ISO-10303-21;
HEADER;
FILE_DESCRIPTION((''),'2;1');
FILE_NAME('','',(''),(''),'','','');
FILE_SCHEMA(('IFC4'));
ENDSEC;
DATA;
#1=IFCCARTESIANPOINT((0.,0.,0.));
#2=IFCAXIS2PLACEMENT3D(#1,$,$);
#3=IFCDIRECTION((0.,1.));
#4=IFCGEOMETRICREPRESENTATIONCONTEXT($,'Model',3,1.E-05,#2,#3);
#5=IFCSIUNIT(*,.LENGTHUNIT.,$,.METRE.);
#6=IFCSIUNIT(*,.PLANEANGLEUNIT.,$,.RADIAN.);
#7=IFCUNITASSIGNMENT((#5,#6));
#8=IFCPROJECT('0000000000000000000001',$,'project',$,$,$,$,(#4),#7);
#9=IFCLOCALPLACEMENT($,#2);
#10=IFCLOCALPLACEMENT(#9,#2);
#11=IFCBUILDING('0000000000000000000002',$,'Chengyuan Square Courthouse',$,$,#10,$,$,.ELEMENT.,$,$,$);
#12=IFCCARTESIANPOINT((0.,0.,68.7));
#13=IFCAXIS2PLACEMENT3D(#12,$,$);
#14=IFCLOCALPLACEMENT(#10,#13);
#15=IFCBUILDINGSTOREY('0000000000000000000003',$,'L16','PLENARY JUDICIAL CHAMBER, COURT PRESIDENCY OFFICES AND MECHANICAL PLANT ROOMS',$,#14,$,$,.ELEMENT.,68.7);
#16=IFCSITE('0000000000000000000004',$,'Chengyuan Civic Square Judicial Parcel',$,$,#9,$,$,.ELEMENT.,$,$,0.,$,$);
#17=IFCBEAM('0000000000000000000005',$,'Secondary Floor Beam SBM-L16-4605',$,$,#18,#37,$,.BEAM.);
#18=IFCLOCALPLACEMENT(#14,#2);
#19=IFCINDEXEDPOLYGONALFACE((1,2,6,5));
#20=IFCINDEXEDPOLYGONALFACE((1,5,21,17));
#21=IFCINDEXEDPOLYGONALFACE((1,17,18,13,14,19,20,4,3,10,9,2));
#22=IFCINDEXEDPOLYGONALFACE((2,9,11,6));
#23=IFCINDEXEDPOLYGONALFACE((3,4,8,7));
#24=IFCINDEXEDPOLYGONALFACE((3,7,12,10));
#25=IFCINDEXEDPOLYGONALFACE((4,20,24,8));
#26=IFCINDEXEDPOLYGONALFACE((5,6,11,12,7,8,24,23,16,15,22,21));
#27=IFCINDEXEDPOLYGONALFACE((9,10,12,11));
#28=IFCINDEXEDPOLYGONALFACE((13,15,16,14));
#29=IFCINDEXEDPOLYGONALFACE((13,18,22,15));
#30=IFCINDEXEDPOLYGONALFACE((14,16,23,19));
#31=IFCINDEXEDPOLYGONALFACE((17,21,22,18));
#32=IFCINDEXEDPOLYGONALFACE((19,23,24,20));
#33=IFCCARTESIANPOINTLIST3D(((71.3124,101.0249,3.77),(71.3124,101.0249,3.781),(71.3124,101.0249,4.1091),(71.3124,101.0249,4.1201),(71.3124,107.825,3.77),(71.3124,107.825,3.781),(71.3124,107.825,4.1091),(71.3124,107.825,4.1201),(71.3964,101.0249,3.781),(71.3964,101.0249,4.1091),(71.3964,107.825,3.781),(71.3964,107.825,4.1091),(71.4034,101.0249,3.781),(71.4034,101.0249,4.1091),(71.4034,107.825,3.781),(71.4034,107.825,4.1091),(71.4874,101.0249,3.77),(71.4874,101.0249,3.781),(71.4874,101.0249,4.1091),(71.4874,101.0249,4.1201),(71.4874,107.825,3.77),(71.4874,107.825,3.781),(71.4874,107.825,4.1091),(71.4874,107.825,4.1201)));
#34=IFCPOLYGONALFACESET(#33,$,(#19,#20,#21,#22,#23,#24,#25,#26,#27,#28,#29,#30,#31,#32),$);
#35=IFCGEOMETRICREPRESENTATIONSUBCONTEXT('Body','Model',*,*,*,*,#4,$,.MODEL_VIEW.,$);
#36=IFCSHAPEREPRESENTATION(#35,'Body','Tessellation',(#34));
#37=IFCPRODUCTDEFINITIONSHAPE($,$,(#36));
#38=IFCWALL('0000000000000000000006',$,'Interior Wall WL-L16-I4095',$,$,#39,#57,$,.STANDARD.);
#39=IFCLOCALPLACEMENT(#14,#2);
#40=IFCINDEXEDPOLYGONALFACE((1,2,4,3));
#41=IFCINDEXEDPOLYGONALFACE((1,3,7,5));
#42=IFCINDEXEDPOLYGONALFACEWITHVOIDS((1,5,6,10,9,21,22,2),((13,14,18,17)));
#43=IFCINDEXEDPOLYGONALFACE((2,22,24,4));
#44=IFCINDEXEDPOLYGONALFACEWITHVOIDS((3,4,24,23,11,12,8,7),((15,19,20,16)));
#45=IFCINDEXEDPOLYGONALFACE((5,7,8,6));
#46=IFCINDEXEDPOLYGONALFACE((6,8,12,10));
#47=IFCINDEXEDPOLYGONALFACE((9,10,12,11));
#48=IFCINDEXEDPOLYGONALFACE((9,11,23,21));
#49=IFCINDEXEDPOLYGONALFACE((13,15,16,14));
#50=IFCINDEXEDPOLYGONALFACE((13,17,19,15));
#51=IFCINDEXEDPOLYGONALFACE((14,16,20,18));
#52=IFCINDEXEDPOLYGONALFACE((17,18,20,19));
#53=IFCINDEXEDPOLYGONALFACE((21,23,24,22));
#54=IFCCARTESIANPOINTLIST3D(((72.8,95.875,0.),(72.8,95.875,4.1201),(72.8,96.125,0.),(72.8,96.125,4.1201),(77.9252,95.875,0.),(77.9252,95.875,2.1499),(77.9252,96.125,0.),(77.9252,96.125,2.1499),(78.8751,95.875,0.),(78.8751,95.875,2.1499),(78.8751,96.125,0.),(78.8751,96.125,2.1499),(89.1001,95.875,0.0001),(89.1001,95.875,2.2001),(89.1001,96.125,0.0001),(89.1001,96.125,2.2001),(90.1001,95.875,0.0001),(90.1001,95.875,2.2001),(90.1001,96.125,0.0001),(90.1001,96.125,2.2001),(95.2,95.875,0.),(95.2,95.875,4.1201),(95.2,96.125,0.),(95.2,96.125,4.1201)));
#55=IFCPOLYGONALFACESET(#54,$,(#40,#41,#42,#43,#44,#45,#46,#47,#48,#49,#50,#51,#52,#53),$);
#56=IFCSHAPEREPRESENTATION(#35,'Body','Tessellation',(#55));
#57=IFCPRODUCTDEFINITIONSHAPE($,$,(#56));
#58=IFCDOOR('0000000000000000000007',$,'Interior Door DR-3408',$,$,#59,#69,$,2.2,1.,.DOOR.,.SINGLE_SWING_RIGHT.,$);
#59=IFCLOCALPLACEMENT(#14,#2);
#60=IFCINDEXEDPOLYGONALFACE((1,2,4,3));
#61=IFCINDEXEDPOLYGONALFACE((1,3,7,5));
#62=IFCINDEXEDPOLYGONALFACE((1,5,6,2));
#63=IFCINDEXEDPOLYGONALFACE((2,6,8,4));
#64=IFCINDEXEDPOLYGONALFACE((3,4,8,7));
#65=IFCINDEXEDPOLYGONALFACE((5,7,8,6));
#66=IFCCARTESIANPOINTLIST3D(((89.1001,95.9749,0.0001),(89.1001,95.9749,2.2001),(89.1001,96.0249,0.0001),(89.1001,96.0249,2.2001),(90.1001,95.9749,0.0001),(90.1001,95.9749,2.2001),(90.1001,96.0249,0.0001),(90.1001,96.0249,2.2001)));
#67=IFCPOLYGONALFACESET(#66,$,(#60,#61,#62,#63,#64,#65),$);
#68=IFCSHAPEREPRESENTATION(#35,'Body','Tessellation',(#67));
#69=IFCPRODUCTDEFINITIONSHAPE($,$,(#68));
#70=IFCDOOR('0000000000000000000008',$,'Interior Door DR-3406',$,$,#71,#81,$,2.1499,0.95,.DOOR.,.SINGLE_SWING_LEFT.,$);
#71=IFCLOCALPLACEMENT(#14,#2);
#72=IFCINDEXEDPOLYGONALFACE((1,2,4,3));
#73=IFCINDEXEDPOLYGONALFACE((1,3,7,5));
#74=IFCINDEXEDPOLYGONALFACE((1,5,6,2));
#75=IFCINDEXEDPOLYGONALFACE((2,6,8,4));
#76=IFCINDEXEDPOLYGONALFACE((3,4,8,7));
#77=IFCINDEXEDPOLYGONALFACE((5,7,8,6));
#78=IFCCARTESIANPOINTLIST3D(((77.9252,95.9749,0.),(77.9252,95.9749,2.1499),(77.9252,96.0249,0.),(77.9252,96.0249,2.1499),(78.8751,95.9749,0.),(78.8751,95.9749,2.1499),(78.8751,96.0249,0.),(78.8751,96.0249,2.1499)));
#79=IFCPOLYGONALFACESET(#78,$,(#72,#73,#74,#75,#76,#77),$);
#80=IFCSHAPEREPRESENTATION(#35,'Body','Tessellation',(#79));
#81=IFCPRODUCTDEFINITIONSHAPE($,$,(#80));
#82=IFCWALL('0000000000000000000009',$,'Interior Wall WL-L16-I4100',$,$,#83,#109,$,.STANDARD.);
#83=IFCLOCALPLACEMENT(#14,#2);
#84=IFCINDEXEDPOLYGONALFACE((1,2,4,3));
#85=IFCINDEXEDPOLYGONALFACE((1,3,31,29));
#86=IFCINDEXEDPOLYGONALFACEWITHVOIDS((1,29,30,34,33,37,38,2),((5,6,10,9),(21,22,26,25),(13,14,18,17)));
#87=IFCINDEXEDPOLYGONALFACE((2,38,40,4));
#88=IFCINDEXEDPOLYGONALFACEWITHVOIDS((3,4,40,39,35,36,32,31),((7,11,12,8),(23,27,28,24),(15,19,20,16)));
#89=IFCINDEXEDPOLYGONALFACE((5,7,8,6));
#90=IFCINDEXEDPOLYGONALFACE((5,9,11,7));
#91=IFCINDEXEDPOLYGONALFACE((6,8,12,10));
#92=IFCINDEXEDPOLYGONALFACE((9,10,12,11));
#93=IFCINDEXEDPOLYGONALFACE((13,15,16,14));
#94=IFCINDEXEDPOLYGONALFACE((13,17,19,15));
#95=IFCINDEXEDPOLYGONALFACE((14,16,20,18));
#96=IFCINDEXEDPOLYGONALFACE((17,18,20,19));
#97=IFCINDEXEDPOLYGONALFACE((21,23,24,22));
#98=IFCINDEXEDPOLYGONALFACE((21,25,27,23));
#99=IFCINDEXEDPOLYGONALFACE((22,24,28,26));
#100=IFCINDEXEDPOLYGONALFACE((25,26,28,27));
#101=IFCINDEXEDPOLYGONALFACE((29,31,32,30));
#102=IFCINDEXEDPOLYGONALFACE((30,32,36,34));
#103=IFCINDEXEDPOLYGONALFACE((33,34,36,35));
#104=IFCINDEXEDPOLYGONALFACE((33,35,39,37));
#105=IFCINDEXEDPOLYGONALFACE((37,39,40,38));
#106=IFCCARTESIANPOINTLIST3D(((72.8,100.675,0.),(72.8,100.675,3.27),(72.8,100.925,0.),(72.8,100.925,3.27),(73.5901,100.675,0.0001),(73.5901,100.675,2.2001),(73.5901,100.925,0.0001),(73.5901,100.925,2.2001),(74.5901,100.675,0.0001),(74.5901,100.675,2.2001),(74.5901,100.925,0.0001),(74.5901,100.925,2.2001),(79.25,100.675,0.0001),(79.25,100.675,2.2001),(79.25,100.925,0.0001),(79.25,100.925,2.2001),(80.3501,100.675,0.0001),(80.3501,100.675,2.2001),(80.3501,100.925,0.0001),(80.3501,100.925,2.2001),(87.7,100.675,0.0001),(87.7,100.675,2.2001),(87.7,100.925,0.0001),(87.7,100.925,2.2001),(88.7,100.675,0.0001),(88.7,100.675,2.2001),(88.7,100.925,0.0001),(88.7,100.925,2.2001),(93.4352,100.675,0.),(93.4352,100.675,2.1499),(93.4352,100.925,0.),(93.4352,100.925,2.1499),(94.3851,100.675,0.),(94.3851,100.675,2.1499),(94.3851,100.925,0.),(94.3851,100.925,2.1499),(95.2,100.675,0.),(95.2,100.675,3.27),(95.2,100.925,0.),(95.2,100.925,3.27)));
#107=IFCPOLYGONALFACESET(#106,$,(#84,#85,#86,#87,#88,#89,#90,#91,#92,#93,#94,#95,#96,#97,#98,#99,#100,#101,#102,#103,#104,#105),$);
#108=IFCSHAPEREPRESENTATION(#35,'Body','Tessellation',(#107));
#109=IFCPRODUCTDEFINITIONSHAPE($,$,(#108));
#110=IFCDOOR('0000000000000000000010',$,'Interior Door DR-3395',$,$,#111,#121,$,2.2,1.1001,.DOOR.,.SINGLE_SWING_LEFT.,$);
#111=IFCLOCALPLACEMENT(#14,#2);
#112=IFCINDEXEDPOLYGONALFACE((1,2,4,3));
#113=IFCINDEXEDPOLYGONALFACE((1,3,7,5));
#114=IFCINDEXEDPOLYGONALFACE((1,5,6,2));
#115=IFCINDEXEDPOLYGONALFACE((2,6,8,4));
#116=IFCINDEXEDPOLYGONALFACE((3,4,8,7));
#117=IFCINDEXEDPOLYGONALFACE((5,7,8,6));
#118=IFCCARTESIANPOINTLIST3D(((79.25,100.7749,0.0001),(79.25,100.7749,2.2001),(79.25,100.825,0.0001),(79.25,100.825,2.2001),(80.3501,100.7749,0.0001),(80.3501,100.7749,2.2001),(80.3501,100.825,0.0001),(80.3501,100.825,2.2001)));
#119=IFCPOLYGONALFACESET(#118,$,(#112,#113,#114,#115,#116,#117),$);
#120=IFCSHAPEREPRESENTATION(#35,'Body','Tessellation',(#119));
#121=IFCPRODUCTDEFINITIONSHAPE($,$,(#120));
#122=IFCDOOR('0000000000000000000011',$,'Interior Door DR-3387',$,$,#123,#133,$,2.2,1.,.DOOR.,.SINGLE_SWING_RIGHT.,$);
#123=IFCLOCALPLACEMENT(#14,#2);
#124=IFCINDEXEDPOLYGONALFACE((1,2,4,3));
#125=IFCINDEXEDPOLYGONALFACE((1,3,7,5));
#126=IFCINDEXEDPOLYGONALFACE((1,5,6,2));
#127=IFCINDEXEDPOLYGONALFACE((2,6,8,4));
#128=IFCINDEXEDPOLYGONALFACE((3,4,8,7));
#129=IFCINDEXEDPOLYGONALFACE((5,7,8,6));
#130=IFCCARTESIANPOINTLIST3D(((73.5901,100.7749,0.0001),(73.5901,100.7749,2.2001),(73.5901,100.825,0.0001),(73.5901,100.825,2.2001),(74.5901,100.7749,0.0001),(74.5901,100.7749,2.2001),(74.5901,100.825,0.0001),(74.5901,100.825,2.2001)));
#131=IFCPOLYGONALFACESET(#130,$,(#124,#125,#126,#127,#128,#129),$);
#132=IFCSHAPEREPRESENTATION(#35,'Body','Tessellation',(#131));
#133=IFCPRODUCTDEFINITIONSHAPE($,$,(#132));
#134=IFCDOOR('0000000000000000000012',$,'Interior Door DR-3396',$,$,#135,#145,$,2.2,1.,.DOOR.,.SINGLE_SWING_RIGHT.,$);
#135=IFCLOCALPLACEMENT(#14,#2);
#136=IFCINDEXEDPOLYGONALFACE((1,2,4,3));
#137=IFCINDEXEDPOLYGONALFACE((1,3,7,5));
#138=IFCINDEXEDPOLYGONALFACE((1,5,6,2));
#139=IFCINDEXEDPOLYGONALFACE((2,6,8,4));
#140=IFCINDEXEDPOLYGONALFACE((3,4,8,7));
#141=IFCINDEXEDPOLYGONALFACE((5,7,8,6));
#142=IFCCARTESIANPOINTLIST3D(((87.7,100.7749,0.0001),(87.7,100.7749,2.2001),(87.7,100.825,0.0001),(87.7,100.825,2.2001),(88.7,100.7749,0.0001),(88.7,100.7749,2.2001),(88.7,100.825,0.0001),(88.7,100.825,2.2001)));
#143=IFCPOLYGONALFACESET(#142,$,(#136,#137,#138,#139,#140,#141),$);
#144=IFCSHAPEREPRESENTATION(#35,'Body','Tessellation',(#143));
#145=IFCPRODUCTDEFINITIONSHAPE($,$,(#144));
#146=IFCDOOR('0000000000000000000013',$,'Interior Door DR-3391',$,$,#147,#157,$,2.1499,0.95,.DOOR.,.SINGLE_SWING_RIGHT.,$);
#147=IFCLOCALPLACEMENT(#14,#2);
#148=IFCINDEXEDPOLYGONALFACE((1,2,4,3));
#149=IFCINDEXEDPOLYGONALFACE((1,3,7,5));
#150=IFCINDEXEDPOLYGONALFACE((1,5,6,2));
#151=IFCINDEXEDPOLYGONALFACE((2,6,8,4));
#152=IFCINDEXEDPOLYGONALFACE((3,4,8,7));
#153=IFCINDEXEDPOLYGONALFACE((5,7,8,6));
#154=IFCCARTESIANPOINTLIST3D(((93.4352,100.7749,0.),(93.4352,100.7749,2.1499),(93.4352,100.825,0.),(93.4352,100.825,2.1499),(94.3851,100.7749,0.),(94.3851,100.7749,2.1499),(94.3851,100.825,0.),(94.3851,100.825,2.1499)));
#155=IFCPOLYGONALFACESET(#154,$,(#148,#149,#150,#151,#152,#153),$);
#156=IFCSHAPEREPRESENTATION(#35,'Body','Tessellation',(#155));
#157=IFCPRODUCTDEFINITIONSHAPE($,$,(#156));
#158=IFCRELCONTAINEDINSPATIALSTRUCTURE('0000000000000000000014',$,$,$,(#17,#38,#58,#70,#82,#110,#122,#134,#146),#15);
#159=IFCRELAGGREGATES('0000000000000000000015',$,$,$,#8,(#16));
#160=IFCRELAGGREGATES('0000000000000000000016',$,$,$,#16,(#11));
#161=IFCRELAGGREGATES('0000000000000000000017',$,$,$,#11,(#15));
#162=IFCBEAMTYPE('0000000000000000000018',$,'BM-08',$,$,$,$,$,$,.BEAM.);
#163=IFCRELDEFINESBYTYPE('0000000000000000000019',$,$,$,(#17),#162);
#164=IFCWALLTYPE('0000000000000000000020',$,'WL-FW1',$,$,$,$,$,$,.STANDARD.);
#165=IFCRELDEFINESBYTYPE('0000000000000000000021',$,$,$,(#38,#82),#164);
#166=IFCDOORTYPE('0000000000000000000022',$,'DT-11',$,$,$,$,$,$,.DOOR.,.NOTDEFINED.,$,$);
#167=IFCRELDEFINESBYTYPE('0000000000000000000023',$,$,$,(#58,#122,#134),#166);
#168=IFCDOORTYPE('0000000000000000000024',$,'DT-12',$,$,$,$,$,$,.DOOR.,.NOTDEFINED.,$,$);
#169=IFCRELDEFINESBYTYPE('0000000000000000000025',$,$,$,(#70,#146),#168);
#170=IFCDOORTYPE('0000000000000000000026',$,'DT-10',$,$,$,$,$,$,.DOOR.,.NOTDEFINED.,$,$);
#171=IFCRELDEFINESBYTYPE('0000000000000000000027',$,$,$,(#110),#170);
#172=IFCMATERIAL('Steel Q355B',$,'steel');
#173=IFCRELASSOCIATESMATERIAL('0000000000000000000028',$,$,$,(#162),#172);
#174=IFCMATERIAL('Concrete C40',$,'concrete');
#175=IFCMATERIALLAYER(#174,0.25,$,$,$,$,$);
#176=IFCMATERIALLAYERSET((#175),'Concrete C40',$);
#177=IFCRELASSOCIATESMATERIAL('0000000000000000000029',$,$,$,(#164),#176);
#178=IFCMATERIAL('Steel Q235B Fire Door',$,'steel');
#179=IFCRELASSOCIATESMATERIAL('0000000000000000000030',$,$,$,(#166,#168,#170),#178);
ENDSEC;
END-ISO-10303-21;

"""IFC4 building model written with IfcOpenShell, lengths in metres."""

from ifc_helpers import new_model, si_unit, direction, frame, frame_2d, origin, origin_2d, place, context, subcontext, project, spatial, rectangle, i_section, extrude, material, layer, layer_set, material_profile, profile_set, type_object, element, fill, save


model = new_model("IFC4")

# Units and contexts
model_context = context("Model", 3, precision=1e-05, world=origin(), true_north=direction((0.0, 1.0)))
body_context = subcontext(model_context, "Body", "Model", "MODEL_VIEW")
ifc_project = project(units=[si_unit("LENGTHUNIT", "METRE"), si_unit("PLANEANGLEUNIT", "RADIAN")], contexts=[model_context])

# Site, building, storey
site_placement = place(None, origin())
site = spatial("IfcSite", under=ifc_project, at=site_placement, Name="Chengyuan Civic Square Judicial Parcel", CompositionType="ELEMENT", RefElevation=0.0)
building_placement = place(site_placement, origin())
building = spatial("IfcBuilding", under=site, at=building_placement, Name="Chengyuan Square Courthouse", CompositionType="ELEMENT")
storey_placement = place(building_placement, frame((0.0, 0.0, 68.7)))
storey = spatial("IfcBuildingStorey", under=building, at=storey_placement, Name="L16", Description="PLENARY JUDICIAL CHAMBER, COURT PRESIDENCY OFFICES AND MECHANICAL PLANT ROOMS", CompositionType="ELEMENT", Elevation=68.7)

# Beam
ifc_material_1 = material(Name="Steel Q355B", Category="steel")
ifc_material_profile = material_profile(ifc_material_1, i_section(OverallWidth=0.175, OverallDepth=0.3501, WebThickness=0.0071, FlangeThickness=0.011, at=origin_2d()), Name="HN 350x175x7x11")
ifc_profile_set = profile_set([ifc_material_profile], Name="Steel Q355B")
beam_type = type_object("IfcBeamType", Name="BM-08", PredefinedType="BEAM", material=ifc_profile_set)
beam_placement = place(storey_placement, frame((71.3999, 101.0249, 3.9451), z_axis=(0.0, 1.0, 0.0), x_axis=(-1.0, 0.0, 0.0)))
element("IfcBeam", 1, at=beam_placement, inside=storey, type_object=beam_type, Name="Secondary Floor Beam SBM-L16-4605", PredefinedType="BEAM", context=body_context, shape_type="SweptSolid", body=[
    extrude(i_section(OverallWidth=0.175, OverallDepth=0.3501, WebThickness=0.0071, FlangeThickness=0.011, at=origin_2d()), origin(), (0.0, 0.0, 1.0), 6.8),
])

# Walls, openings, doors
ifc_material_2 = material(Name="Concrete C40", Category="concrete")
ifc_layer_1 = layer(ifc_material_2, 0.25)
ifc_layer_set_1 = layer_set([ifc_layer_1], Name="Concrete C40")
wall_type_1 = type_object("IfcWallType", Name="WL-FW1", PredefinedType="STANDARD", material=ifc_layer_set_1)
wall_1_placement = place(storey_placement, frame((72.8, 96.0, 0.0), z_axis=(0.0, 0.0, 1.0), x_axis=(1.0, 0.0, 0.0)))
wall_1 = element("IfcWall", 2, at=wall_1_placement, inside=storey, type_object=wall_type_1, Name="Interior Wall WL-L16-I4095", PredefinedType="STANDARD", context=body_context, shape_type="SweptSolid", body=[
    extrude(rectangle(XDim=22.3999, YDim=0.25, at=frame_2d((11.2, 0.0))), origin(), (0.0, 0.0, 1.0), 4.1201),
])
opening_1_placement = place(wall_1_placement, frame((5.125, 0.0, 0.0)))
opening_1 = element("IfcOpeningElement", 3, at=opening_1_placement, cuts=wall_1, PredefinedType="OPENING", context=body_context, shape_type="SweptSolid", body=[
    extrude(rectangle(XDim=0.95, YDim=2.1499, at=frame_2d((0.4751, 1.075))), frame((0.0, 0.137, 0.0), z_axis=(0.0, -1.0, 0.0), x_axis=(1.0, 0.0, 0.0)), (0.0, 0.0, 1.0), 0.2739),
])
opening_2_placement = place(wall_1_placement, frame((16.3, 0.0, 0.0)))
opening_2 = element("IfcOpeningElement", 4, at=opening_2_placement, cuts=wall_1, PredefinedType="OPENING", context=body_context, shape_type="SweptSolid", body=[
    extrude(rectangle(XDim=1.0, YDim=2.2, at=frame_2d((0.5, 1.1001))), frame((0.0, 0.137, 0.0), z_axis=(0.0, -1.0, 0.0), x_axis=(1.0, 0.0, 0.0)), (0.0, 0.0, 1.0), 0.2739),
])
ifc_material_3 = material(Name="Steel Q235B Fire Door", Category="steel")
door_type_1 = type_object("IfcDoorType", Name="DT-11", OperationType="NOTDEFINED", PredefinedType="DOOR", material=ifc_material_3)
door_1_placement = place(opening_2_placement, origin())
door_1 = element("IfcDoor", 5, at=door_1_placement, inside=storey, type_object=door_type_1, Name="Interior Door DR-3408", OperationType="SINGLE_SWING_RIGHT", OverallHeight=2.2, OverallWidth=1.0, PredefinedType="DOOR", context=body_context, shape_type="SweptSolid", body=[
    extrude(rectangle(XDim=1.0, YDim=2.2, at=frame_2d((0.5, 1.1001))), frame((0.0, 0.0249, 0.0), z_axis=(0.0, -1.0, 0.0), x_axis=(1.0, 0.0, 0.0)), (0.0, 0.0, 1.0), 0.05),
])
fill(opening_2, door_1)
door_type_2 = type_object("IfcDoorType", Name="DT-12", OperationType="NOTDEFINED", PredefinedType="DOOR", material=ifc_material_3)
door_2_placement = place(opening_1_placement, origin())
door_2 = element("IfcDoor", 6, at=door_2_placement, inside=storey, type_object=door_type_2, Name="Interior Door DR-3406", OperationType="SINGLE_SWING_LEFT", OverallHeight=2.1499, OverallWidth=0.95, PredefinedType="DOOR", context=body_context, shape_type="SweptSolid", body=[
    extrude(rectangle(XDim=0.95, YDim=2.1499, at=frame_2d((0.4751, 1.075))), frame((0.0, 0.0249, 0.0), z_axis=(0.0, -1.0, 0.0), x_axis=(1.0, 0.0, 0.0)), (0.0, 0.0, 1.0), 0.05),
])
fill(opening_1, door_2)
wall_2_placement = place(storey_placement, frame((72.8, 100.8, 0.0), z_axis=(0.0, 0.0, 1.0), x_axis=(1.0, 0.0, 0.0)))
wall_2 = element("IfcWall", 7, at=wall_2_placement, inside=storey, type_object=wall_type_1, Name="Interior Wall WL-L16-I4100", PredefinedType="STANDARD", context=body_context, shape_type="SweptSolid", body=[
    extrude(rectangle(XDim=22.3999, YDim=0.25, at=frame_2d((11.2, 0.0))), origin(), (0.0, 0.0, 1.0), 3.27),
])
opening_3_placement = place(wall_2_placement, frame((0.79, 0.0, 0.0)))
opening_3 = element("IfcOpeningElement", 8, at=opening_3_placement, cuts=wall_2, PredefinedType="OPENING", context=body_context, shape_type="SweptSolid", body=[
    extrude(rectangle(XDim=1.0, YDim=2.2, at=frame_2d((0.5, 1.1001))), frame((0.0, 0.137, 0.0), z_axis=(0.0, -1.0, 0.0), x_axis=(1.0, 0.0, 0.0)), (0.0, 0.0, 1.0), 0.2739),
])
opening_4_placement = place(wall_2_placement, frame((20.635, 0.0, 0.0)))
opening_4 = element("IfcOpeningElement", 9, at=opening_4_placement, cuts=wall_2, PredefinedType="OPENING", context=body_context, shape_type="SweptSolid", body=[
    extrude(rectangle(XDim=0.95, YDim=2.1499, at=frame_2d((0.4751, 1.075))), frame((0.0, 0.137, 0.0), z_axis=(0.0, -1.0, 0.0), x_axis=(1.0, 0.0, 0.0)), (0.0, 0.0, 1.0), 0.2739),
])
opening_5_placement = place(wall_2_placement, frame((6.45, 0.0, 0.0)))
opening_5 = element("IfcOpeningElement", 10, at=opening_5_placement, cuts=wall_2, PredefinedType="OPENING", context=body_context, shape_type="SweptSolid", body=[
    extrude(rectangle(XDim=1.1001, YDim=2.2, at=frame_2d((0.55, 1.1001))), frame((0.0, 0.137, 0.0), z_axis=(0.0, -1.0, 0.0), x_axis=(1.0, 0.0, 0.0)), (0.0, 0.0, 1.0), 0.2739),
])
opening_6_placement = place(wall_2_placement, frame((14.8999, 0.0, 0.0)))
opening_6 = element("IfcOpeningElement", 11, at=opening_6_placement, cuts=wall_2, PredefinedType="OPENING", context=body_context, shape_type="SweptSolid", body=[
    extrude(rectangle(XDim=1.0, YDim=2.2, at=frame_2d((0.5, 1.1001))), frame((0.0, 0.137, 0.0), z_axis=(0.0, -1.0, 0.0), x_axis=(1.0, 0.0, 0.0)), (0.0, 0.0, 1.0), 0.2739),
])
door_type_3 = type_object("IfcDoorType", Name="DT-10", OperationType="NOTDEFINED", PredefinedType="DOOR", material=ifc_material_3)
door_3_placement = place(opening_5_placement, origin())
door_3 = element("IfcDoor", 12, at=door_3_placement, inside=storey, type_object=door_type_3, Name="Interior Door DR-3395", OperationType="SINGLE_SWING_LEFT", OverallHeight=2.2, OverallWidth=1.1001, PredefinedType="DOOR", context=body_context, shape_type="SweptSolid", body=[
    extrude(rectangle(XDim=1.1001, YDim=2.2, at=frame_2d((0.55, 1.1001))), frame((0.0, 0.0249, 0.0), z_axis=(0.0, -1.0, 0.0), x_axis=(1.0, 0.0, 0.0)), (0.0, 0.0, 1.0), 0.05),
])
fill(opening_5, door_3)
door_4_placement = place(opening_3_placement, origin())
door_4 = element("IfcDoor", 13, at=door_4_placement, inside=storey, type_object=door_type_1, Name="Interior Door DR-3387", OperationType="SINGLE_SWING_RIGHT", OverallHeight=2.2, OverallWidth=1.0, PredefinedType="DOOR", context=body_context, shape_type="SweptSolid", body=[
    extrude(rectangle(XDim=1.0, YDim=2.2, at=frame_2d((0.5, 1.1001))), frame((0.0, 0.0249, 0.0), z_axis=(0.0, -1.0, 0.0), x_axis=(1.0, 0.0, 0.0)), (0.0, 0.0, 1.0), 0.05),
])
fill(opening_3, door_4)
door_5_placement = place(opening_6_placement, origin())
door_5 = element("IfcDoor", 14, at=door_5_placement, inside=storey, type_object=door_type_1, Name="Interior Door DR-3396", OperationType="SINGLE_SWING_RIGHT", OverallHeight=2.2, OverallWidth=1.0, PredefinedType="DOOR", context=body_context, shape_type="SweptSolid", body=[
    extrude(rectangle(XDim=1.0, YDim=2.2, at=frame_2d((0.5, 1.1001))), frame((0.0, 0.0249, 0.0), z_axis=(0.0, -1.0, 0.0), x_axis=(1.0, 0.0, 0.0)), (0.0, 0.0, 1.0), 0.05),
])
fill(opening_6, door_5)
door_6_placement = place(opening_4_placement, origin())
door_6 = element("IfcDoor", 15, at=door_6_placement, inside=storey, type_object=door_type_2, Name="Interior Door DR-3391", OperationType="SINGLE_SWING_RIGHT", OverallHeight=2.1499, OverallWidth=0.95, PredefinedType="DOOR", context=body_context, shape_type="SweptSolid", body=[
    extrude(rectangle(XDim=0.95, YDim=2.1499, at=frame_2d((0.4751, 1.075))), frame((0.0, 0.0249, 0.0), z_axis=(0.0, -1.0, 0.0), x_axis=(1.0, 0.0, 0.0)), (0.0, 0.0, 1.0), 0.05),
])
fill(opening_4, door_6)

save(model, "model.ifc")
